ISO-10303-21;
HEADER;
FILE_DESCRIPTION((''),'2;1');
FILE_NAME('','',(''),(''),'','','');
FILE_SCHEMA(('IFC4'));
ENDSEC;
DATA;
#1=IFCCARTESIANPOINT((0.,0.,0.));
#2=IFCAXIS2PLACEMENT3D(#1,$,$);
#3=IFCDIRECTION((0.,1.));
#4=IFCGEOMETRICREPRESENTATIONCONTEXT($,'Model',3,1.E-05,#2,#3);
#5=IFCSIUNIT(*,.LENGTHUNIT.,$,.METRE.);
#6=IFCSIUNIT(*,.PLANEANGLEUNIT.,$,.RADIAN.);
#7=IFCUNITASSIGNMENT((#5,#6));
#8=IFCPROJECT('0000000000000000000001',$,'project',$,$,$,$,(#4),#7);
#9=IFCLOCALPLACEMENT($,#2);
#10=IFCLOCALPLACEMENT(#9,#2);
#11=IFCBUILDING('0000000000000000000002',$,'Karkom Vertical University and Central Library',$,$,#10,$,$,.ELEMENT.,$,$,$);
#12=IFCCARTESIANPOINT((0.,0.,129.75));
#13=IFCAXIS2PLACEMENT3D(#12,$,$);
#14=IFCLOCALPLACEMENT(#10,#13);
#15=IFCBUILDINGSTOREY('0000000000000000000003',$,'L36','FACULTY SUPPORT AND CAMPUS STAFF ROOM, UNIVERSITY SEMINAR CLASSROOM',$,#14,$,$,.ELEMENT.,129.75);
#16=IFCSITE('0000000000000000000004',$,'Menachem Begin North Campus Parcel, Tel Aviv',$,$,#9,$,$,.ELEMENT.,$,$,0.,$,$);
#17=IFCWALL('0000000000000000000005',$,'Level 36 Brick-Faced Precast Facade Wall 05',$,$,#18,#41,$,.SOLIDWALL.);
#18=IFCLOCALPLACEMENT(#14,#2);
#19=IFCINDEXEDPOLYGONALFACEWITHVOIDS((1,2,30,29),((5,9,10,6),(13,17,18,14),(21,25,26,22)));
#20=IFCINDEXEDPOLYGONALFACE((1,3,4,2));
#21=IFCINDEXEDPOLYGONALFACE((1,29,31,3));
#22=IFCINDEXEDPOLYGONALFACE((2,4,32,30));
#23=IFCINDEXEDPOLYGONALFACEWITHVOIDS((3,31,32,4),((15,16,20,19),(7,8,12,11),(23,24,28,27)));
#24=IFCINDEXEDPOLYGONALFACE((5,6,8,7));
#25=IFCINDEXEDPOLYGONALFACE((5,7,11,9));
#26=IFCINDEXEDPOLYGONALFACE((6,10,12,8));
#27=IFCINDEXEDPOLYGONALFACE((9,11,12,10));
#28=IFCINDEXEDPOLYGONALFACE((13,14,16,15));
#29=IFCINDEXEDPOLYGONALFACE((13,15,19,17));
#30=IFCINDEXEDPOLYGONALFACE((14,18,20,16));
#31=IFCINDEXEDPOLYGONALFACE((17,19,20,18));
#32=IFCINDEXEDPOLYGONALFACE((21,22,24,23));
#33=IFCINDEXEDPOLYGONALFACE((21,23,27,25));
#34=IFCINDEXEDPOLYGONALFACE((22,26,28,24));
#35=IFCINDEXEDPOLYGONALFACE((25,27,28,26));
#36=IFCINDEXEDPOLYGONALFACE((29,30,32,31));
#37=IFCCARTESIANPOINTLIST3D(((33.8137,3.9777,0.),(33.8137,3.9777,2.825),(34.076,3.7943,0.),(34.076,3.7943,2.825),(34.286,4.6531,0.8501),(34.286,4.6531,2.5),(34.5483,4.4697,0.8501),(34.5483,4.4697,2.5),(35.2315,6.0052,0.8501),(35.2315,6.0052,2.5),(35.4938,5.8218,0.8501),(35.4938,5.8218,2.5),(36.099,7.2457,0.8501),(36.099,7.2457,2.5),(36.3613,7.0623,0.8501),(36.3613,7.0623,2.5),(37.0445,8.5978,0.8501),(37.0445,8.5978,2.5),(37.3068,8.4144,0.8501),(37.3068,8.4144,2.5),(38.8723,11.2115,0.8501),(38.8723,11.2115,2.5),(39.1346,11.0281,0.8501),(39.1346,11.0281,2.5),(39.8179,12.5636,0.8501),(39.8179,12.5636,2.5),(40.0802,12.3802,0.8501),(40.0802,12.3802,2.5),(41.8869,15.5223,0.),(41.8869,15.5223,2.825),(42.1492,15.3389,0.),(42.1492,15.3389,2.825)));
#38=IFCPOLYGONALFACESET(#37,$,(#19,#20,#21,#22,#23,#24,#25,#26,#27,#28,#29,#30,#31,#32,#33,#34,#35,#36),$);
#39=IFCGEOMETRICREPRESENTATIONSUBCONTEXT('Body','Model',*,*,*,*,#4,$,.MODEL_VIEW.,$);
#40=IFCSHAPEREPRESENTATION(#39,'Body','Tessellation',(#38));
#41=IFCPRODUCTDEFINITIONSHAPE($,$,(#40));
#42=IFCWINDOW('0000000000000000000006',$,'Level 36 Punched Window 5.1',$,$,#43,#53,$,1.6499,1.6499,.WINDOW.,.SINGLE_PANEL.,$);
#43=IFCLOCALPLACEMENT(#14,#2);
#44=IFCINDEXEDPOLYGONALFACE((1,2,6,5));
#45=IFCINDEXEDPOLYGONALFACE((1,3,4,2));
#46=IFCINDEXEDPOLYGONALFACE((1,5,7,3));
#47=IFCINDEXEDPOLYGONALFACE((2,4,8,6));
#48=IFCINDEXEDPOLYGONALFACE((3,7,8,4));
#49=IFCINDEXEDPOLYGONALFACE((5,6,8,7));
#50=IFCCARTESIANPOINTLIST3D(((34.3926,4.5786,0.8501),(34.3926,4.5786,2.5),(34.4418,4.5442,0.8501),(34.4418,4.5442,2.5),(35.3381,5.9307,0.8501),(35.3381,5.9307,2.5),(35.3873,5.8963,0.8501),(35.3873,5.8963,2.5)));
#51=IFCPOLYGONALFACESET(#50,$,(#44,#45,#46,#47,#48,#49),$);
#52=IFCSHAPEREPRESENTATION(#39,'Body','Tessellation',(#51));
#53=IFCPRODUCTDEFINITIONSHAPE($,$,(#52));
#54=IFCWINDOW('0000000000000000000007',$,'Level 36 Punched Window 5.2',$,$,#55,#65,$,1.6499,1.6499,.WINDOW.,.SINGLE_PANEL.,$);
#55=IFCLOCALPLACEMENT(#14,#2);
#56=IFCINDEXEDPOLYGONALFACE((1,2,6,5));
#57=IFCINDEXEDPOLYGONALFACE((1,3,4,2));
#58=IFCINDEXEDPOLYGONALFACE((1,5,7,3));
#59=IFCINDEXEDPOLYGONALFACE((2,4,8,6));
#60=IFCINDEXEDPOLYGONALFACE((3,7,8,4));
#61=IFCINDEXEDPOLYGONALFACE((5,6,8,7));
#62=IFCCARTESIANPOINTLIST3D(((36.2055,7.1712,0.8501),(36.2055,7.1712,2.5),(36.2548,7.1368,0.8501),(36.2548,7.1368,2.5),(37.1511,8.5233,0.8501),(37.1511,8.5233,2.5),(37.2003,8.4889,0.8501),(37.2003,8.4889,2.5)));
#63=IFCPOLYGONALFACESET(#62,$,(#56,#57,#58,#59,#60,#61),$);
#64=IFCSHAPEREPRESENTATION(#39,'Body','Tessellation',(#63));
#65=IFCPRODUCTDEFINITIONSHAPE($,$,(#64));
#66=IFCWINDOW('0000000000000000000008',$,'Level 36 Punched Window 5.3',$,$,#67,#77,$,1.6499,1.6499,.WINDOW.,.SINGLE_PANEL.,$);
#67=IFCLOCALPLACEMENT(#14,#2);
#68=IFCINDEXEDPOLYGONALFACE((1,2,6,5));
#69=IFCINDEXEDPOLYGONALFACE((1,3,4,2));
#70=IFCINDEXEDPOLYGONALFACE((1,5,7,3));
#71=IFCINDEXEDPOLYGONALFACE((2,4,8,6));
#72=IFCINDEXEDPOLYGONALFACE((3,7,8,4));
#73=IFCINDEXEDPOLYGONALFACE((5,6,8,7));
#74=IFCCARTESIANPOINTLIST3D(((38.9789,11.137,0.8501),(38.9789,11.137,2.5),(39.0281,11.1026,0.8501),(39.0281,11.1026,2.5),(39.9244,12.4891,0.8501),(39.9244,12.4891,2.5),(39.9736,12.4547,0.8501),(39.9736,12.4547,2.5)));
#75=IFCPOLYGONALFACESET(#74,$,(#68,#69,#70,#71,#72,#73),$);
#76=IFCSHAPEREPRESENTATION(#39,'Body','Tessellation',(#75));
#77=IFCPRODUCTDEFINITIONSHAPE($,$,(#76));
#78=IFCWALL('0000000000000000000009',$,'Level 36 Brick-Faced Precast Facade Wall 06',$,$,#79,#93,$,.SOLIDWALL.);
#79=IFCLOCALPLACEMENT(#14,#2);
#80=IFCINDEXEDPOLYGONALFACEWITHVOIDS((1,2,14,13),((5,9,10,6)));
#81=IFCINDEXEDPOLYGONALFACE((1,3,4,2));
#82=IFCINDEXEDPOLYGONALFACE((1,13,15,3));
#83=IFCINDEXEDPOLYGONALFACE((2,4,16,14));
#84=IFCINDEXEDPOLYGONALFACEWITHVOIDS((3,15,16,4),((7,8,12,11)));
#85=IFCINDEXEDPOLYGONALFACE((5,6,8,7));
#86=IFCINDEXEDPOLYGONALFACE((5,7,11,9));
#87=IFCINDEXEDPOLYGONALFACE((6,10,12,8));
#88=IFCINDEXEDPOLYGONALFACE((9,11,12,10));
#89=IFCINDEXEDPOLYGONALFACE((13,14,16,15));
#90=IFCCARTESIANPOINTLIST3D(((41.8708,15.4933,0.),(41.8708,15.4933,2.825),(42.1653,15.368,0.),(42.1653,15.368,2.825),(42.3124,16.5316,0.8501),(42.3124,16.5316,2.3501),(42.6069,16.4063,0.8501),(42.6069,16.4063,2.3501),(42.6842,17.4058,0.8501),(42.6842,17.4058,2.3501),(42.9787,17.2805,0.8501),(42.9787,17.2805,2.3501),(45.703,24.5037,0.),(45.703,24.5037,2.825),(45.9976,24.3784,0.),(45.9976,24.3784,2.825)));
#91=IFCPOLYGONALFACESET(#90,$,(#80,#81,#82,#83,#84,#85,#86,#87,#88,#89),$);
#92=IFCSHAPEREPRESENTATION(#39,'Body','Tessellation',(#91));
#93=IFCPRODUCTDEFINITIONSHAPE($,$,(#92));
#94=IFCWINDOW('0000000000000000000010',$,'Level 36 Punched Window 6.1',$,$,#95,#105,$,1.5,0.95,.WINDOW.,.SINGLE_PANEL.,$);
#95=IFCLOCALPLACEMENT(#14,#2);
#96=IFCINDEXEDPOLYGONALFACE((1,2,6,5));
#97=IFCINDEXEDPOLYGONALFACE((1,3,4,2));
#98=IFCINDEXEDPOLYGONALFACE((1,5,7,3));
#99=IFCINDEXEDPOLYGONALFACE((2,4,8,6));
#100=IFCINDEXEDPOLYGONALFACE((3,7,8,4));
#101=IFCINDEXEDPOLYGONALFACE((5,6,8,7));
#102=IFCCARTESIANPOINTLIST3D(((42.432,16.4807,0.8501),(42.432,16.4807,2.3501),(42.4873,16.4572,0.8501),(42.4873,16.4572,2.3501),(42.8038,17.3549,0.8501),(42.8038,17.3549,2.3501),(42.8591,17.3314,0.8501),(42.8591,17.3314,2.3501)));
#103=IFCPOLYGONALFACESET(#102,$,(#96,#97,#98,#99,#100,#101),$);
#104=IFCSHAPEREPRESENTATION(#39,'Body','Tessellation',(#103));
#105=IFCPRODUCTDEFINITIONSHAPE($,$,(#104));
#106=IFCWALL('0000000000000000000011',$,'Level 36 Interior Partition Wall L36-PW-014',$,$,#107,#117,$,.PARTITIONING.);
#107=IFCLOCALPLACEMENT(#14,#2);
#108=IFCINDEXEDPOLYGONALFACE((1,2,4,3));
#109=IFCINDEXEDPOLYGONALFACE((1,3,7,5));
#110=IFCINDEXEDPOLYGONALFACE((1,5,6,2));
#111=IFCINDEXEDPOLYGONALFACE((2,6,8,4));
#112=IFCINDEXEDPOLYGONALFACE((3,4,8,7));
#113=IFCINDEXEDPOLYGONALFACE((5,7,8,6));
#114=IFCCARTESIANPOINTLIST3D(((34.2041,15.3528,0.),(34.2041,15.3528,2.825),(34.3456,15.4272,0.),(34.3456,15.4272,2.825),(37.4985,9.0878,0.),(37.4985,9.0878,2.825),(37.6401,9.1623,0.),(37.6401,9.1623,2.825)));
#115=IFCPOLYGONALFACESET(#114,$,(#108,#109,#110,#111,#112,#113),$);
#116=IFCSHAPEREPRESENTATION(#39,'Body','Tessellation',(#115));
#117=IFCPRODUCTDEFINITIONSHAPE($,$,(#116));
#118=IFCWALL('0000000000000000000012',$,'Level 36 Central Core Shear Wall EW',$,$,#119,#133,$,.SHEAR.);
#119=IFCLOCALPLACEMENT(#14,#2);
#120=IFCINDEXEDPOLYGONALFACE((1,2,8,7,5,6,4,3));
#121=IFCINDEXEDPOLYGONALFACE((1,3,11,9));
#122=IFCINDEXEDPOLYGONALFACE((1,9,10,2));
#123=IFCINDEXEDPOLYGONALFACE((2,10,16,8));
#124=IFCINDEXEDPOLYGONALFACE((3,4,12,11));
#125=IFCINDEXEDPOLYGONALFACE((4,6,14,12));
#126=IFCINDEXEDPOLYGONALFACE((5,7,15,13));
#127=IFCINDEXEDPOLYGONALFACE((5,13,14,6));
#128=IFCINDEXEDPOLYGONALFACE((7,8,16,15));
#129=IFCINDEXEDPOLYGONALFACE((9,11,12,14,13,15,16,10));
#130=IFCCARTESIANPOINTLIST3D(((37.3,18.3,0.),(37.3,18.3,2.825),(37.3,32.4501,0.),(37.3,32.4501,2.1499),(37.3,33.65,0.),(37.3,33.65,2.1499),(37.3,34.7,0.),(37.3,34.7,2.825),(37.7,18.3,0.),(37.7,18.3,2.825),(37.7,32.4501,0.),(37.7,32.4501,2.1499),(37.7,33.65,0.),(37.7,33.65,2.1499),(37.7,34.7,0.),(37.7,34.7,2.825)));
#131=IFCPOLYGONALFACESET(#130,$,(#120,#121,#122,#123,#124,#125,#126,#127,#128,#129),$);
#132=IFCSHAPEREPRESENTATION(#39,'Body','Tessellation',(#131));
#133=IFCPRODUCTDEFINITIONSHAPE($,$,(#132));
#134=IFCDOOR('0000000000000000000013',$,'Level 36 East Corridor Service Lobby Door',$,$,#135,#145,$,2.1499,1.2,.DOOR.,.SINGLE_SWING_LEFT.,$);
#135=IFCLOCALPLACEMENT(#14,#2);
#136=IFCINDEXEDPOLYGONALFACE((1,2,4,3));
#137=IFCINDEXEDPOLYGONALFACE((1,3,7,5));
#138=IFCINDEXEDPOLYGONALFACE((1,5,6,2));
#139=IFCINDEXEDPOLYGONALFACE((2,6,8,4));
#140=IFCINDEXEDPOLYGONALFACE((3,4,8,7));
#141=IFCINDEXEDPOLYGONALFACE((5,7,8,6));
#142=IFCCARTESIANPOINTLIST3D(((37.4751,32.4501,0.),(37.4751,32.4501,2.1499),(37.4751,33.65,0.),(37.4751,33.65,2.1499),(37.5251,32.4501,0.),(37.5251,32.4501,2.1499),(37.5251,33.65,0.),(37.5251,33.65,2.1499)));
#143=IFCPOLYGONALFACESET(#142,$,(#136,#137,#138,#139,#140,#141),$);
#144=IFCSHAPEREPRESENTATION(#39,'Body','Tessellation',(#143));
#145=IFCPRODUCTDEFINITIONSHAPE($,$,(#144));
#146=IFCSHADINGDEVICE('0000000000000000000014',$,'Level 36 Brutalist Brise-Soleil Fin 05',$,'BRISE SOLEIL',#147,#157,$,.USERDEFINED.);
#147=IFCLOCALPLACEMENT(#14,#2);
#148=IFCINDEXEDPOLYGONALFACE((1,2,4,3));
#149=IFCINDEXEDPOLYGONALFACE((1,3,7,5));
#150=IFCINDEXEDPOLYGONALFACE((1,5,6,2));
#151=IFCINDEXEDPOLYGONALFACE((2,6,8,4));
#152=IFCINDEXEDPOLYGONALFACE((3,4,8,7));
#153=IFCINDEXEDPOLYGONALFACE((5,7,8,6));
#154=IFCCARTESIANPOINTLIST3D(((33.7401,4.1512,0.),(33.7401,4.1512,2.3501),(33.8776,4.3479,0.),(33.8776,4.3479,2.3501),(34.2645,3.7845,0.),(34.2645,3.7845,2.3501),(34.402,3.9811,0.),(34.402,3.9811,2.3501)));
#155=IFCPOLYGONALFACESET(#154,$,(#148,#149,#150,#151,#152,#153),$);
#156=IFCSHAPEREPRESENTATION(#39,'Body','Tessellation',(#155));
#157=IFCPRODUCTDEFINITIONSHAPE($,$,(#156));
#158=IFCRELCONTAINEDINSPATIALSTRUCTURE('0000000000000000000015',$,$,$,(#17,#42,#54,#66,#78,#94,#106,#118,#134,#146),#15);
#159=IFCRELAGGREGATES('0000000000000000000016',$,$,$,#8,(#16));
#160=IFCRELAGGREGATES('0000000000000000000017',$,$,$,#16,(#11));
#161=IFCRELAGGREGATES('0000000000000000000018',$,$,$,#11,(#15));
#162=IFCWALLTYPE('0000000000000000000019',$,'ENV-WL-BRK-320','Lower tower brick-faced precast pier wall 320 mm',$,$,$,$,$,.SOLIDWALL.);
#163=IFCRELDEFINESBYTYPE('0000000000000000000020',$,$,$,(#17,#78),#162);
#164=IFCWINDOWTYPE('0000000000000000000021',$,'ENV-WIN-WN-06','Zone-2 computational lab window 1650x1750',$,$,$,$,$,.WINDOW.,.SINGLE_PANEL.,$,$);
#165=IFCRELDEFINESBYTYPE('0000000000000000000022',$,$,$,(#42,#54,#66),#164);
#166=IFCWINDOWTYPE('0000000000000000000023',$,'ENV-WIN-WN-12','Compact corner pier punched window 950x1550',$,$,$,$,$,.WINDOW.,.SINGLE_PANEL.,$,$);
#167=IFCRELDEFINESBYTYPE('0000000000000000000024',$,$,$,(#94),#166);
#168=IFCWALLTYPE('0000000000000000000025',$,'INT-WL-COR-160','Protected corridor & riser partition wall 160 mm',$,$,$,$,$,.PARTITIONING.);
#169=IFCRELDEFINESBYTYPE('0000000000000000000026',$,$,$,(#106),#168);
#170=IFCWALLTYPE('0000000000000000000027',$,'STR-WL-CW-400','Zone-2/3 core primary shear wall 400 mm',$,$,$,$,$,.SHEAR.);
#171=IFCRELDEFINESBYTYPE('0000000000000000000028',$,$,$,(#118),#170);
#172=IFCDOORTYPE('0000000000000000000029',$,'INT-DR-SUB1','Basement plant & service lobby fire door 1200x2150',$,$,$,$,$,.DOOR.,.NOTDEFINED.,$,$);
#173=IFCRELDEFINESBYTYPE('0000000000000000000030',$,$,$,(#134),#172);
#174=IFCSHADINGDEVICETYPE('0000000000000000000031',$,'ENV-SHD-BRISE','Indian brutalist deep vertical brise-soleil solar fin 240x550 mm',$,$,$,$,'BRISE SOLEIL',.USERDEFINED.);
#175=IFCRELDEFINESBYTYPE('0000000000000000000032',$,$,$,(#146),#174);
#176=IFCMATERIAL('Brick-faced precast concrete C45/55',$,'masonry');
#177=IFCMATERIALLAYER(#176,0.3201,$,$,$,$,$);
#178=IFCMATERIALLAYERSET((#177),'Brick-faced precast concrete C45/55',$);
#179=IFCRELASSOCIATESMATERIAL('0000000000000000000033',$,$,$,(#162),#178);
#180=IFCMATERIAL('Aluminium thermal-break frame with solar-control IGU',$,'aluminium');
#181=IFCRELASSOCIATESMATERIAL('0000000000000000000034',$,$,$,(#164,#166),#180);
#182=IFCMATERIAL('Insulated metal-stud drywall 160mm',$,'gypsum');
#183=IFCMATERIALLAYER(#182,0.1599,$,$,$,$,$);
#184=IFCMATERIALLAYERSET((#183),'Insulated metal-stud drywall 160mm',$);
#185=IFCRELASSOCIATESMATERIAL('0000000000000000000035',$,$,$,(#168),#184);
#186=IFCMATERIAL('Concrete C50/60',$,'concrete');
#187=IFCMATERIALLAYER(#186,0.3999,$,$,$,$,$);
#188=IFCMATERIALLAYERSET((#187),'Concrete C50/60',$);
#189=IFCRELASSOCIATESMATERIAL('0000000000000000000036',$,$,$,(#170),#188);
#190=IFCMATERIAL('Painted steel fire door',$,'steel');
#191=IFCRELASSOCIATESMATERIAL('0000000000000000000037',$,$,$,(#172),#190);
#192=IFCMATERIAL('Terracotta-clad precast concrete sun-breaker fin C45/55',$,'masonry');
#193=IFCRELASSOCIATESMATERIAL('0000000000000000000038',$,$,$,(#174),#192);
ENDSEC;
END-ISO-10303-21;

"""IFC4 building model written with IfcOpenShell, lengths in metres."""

from ifc_helpers import new_model, si_unit, direction, frame, frame_2d, origin, origin_with_axes, origin_2d, place, context, subcontext, project, spatial, rectangle, extrude, source, transform, mapped, material, layer, layer_set, type_object, element, fill, save


model = new_model("IFC4")

# Units and contexts
model_context = context("Model", 3, precision=1e-05, world=origin(), true_north=direction((0.0, 1.0)))
body_context = subcontext(model_context, "Body", "Model", "MODEL_VIEW")
ifc_project = project(units=[si_unit("LENGTHUNIT", "METRE"), si_unit("PLANEANGLEUNIT", "RADIAN")], contexts=[model_context])

# Site, building, storey
site_placement = place(None, origin())
site = spatial("IfcSite", under=ifc_project, at=site_placement, Name="Menachem Begin North Campus Parcel, Tel Aviv", CompositionType="ELEMENT", RefElevation=0.0)
building_placement = place(site_placement, origin())
building = spatial("IfcBuilding", under=site, at=building_placement, Name="Karkom Vertical University and Central Library", CompositionType="ELEMENT")
storey_placement = place(building_placement, frame((0.0, 0.0, 129.75)))
storey = spatial("IfcBuildingStorey", under=building, at=storey_placement, Name="L36", Description="FACULTY SUPPORT AND CAMPUS STAFF ROOM, UNIVERSITY SEMINAR CLASSROOM", CompositionType="ELEMENT", Elevation=129.75)

# Shared definitions
ifc_material_1 = material(Name="Concrete C50/60", Category="concrete")

# Wall, openings, windows
ifc_material_2 = material(Name="Brick-faced precast concrete C45/55", Category="masonry")
ifc_layer_1 = layer(ifc_material_2, 0.3201)
ifc_layer_set_1 = layer_set([ifc_layer_1], Name="Brick-faced precast concrete C45/55")
wall_type_1 = type_object("IfcWallType", Name="ENV-WL-BRK-320", Description="Lower tower brick-faced precast pier wall 320 mm", PredefinedType="SOLIDWALL", material=ifc_layer_set_1)
wall_1_placement = place(storey_placement, frame((33.9448, 3.886, 0.0), z_axis=(0.0, 0.0, 1.0), x_axis=(0.57308, 0.8195, 0.0)))
wall_1 = element("IfcWall", 1, at=wall_1_placement, inside=storey, type_object=wall_type_1, Name="Level 36 Brick-Faced Precast Facade Wall 05", PredefinedType="SOLIDWALL", context=body_context, shape_type="SweptSolid", body=[
    extrude(rectangle(XDim=14.0874, YDim=0.3201, at=frame_2d((7.0437, 0.0))), origin(), (0.0, 0.0, 1.0), 2.825),
])
opening_1_placement = place(wall_1_placement, frame((0.8242, 0.0, 0.8501)))
opening_1 = element("IfcOpeningElement", 2, at=opening_1_placement, cuts=wall_1, PredefinedType="OPENING", context=body_context, shape_type="SweptSolid", body=[
    extrude(rectangle(XDim=1.6499, YDim=1.6499, at=frame_2d((0.825, 0.825))), frame((0.0, 0.1699, 0.0), z_axis=(0.0, -1.0, 0.0), x_axis=(1.0, 0.0, 0.0)), (0.0, 0.0, 1.0), 0.3401),
])
opening_2_placement = place(wall_1_placement, frame((3.9878, 0.0, 0.8501)))
opening_2 = element("IfcOpeningElement", 3, at=opening_2_placement, cuts=wall_1, PredefinedType="OPENING", context=body_context, shape_type="SweptSolid", body=[
    extrude(rectangle(XDim=1.6499, YDim=1.6499, at=frame_2d((0.825, 0.825))), frame((0.0, 0.1699, 0.0), z_axis=(0.0, -1.0, 0.0), x_axis=(1.0, 0.0, 0.0)), (0.0, 0.0, 1.0), 0.3401),
])
opening_3_placement = place(wall_1_placement, frame((8.8271, 0.0, 0.8501)))
opening_3 = element("IfcOpeningElement", 4, at=opening_3_placement, cuts=wall_1, PredefinedType="OPENING", context=body_context, shape_type="SweptSolid", body=[
    extrude(rectangle(XDim=1.6499, YDim=1.6499, at=frame_2d((0.825, 0.825))), frame((0.0, 0.1699, 0.0), z_axis=(0.0, -1.0, 0.0), x_axis=(1.0, 0.0, 0.0)), (0.0, 0.0, 1.0), 0.3401),
])
ifc_material_3 = material(Name="Aluminium thermal-break frame with solar-control IGU", Category="aluminium")
window_type_1 = type_object("IfcWindowType", Name="ENV-WIN-WN-06", Description="Zone-2 computational lab window 1650x1750", PartitioningType="SINGLE_PANEL", PredefinedType="WINDOW", material=ifc_material_3)
shared_shape_1 = source(origin_with_axes(), body_context, "Body", "SweptSolid", [
    extrude(rectangle(XDim=1.6499, YDim=1.6499, at=frame_2d((0.825, 0.825))), frame((0.0, 0.03, 0.0), z_axis=(0.0, -1.0, 0.0), x_axis=(1.0, 0.0, 0.0)), (0.0, 0.0, 1.0), 0.0601),
])
window_1_placement = place(opening_1_placement, origin())
window_1 = element("IfcWindow", 5, at=window_1_placement, inside=storey, type_object=window_type_1, Name="Level 36 Punched Window 5.1", OverallHeight=1.6499, OverallWidth=1.6499, PartitioningType="SINGLE_PANEL", PredefinedType="WINDOW", context=body_context, shape_type="MappedRepresentation", body=[
    mapped(shared_shape_1, transform((0.0, 0.0, 0.0), scale=1.0)),
])
fill(opening_1, window_1)
window_2_placement = place(opening_2_placement, origin())
window_2 = element("IfcWindow", 6, at=window_2_placement, inside=storey, type_object=window_type_1, Name="Level 36 Punched Window 5.2", OverallHeight=1.6499, OverallWidth=1.6499, PartitioningType="SINGLE_PANEL", PredefinedType="WINDOW", context=body_context, shape_type="MappedRepresentation", body=[
    mapped(shared_shape_1, transform((0.0, 0.0, 0.0), scale=1.0)),
])
fill(opening_2, window_2)
window_3_placement = place(opening_3_placement, origin())
window_3 = element("IfcWindow", 7, at=window_3_placement, inside=storey, type_object=window_type_1, Name="Level 36 Punched Window 5.3", OverallHeight=1.6499, OverallWidth=1.6499, PartitioningType="SINGLE_PANEL", PredefinedType="WINDOW", context=body_context, shape_type="MappedRepresentation", body=[
    mapped(shared_shape_1, transform((0.0, 0.0, 0.0), scale=1.0)),
])
fill(opening_3, window_3)

# Wall, opening, window
wall_2_placement = place(storey_placement, frame((42.0181, 15.4307, 0.0), z_axis=(0.0, 0.0, 1.0), x_axis=(0.391384, 0.920227, 0.0)))
wall_2 = element("IfcWall", 8, at=wall_2_placement, inside=storey, type_object=wall_type_1, Name="Level 36 Brick-Faced Precast Facade Wall 06", PredefinedType="SOLIDWALL", context=body_context, shape_type="SweptSolid", body=[
    extrude(rectangle(XDim=9.7915, YDim=0.3201, at=frame_2d((4.8958, 0.0))), origin(), (0.0, 0.0, 1.0), 2.825),
])
opening_4_placement = place(wall_2_placement, frame((1.1282, 0.0, 0.8501)))
opening_4 = element("IfcOpeningElement", 9, at=opening_4_placement, cuts=wall_2, PredefinedType="OPENING", context=body_context, shape_type="SweptSolid", body=[
    extrude(rectangle(XDim=0.95, YDim=1.5, at=frame_2d((0.4751, 0.75))), frame((0.0, 0.1699, 0.0), z_axis=(0.0, -1.0, 0.0), x_axis=(1.0, 0.0, 0.0)), (0.0, 0.0, 1.0), 0.3401),
])
window_type_2 = type_object("IfcWindowType", Name="ENV-WIN-WN-12", Description="Compact corner pier punched window 950x1550", PartitioningType="SINGLE_PANEL", PredefinedType="WINDOW", material=ifc_material_3)
shared_shape_2 = source(origin_with_axes(), body_context, "Body", "SweptSolid", [
    extrude(rectangle(XDim=0.95, YDim=1.5, at=frame_2d((0.4751, 0.75))), frame((0.0, 0.03, 0.0), z_axis=(0.0, -1.0, 0.0), x_axis=(1.0, 0.0, 0.0)), (0.0, 0.0, 1.0), 0.0601),
])
window_4_placement = place(opening_4_placement, origin())
window_4 = element("IfcWindow", 10, at=window_4_placement, inside=storey, type_object=window_type_2, Name="Level 36 Punched Window 6.1", OverallHeight=1.5, OverallWidth=0.95, PartitioningType="SINGLE_PANEL", PredefinedType="WINDOW", context=body_context, shape_type="MappedRepresentation", body=[
    mapped(shared_shape_2, transform((0.0, 0.0, 0.0), scale=1.0)),
])
fill(opening_4, window_4)

# Shared definitions
ifc_material_4 = material(Name="Insulated metal-stud drywall 160mm", Category="gypsum")
ifc_layer_2 = layer(ifc_material_4, 0.1599)
ifc_layer_set_2 = layer_set([ifc_layer_2], Name="Insulated metal-stud drywall 160mm")
wall_type_2 = type_object("IfcWallType", Name="INT-WL-COR-160", Description="Protected corridor & riser partition wall 160 mm", PredefinedType="PARTITIONING", material=ifc_layer_set_2)

# Wall
wall_3_placement = place(storey_placement, frame((34.2749, 15.3899, 0.0), z_axis=(0.0, 0.0, 1.0), x_axis=(0.465428, -0.885086, 0.0)))
element("IfcWall", 11, at=wall_3_placement, inside=storey, type_object=wall_type_2, Name="Level 36 Interior Partition Wall L36-PW-014", PredefinedType="PARTITIONING", context=body_context, shape_type="SweptSolid", body=[
    extrude(rectangle(XDim=7.0784, YDim=0.1599, at=frame_2d((3.5391, 0.0))), origin(), (0.0, 0.0, 1.0), 2.825),
])

# Wall, opening, door
ifc_layer_3 = layer(ifc_material_1, 0.3999)
ifc_layer_set_3 = layer_set([ifc_layer_3], Name="Concrete C50/60")
wall_type_3 = type_object("IfcWallType", Name="STR-WL-CW-400", Description="Zone-2/3 core primary shear wall 400 mm", PredefinedType="SHEAR", material=ifc_layer_set_3)
wall_4_placement = place(storey_placement, frame((37.5, 18.3, 0.0), z_axis=(0.0, 0.0, 1.0), x_axis=(0.0, 1.0, 0.0)))
wall_4 = element("IfcWall", 12, at=wall_4_placement, inside=storey, type_object=wall_type_3, Name="Level 36 Central Core Shear Wall EW", PredefinedType="SHEAR", context=body_context, shape_type="SweptSolid", body=[
    extrude(rectangle(XDim=16.3999, YDim=0.3999, at=frame_2d((8.2, 0.0))), origin(), (0.0, 0.0, 1.0), 2.825),
])
opening_5_placement = place(wall_4_placement, frame((14.1499, 0.0, 0.0)))
opening_5 = element("IfcOpeningElement", 13, at=opening_5_placement, cuts=wall_4, PredefinedType="OPENING", context=body_context, shape_type="SweptSolid", body=[
    extrude(rectangle(XDim=1.2, YDim=2.1499, at=frame_2d((0.6001, 1.075))), frame((0.0, 0.21, 0.0), z_axis=(0.0, -1.0, 0.0), x_axis=(1.0, 0.0, 0.0)), (0.0, 0.0, 1.0), 0.4199),
])
ifc_material_5 = material(Name="Painted steel fire door", Category="steel")
door_type_1 = type_object("IfcDoorType", Name="INT-DR-SUB1", Description="Basement plant & service lobby fire door 1200x2150", OperationType="NOTDEFINED", PredefinedType="DOOR", material=ifc_material_5)
shared_shape_3 = source(origin_with_axes(), body_context, "Body", "SweptSolid", [
    extrude(rectangle(XDim=1.2, YDim=2.1499, at=frame_2d((0.6001, 1.075))), frame((0.0, 0.0249, 0.0), z_axis=(0.0, -1.0, 0.0), x_axis=(1.0, 0.0, 0.0)), (0.0, 0.0, 1.0), 0.05),
])
door_1_placement = place(opening_5_placement, origin())
door_1 = element("IfcDoor", 14, at=door_1_placement, inside=storey, type_object=door_type_1, Name="Level 36 East Corridor Service Lobby Door", OperationType="SINGLE_SWING_LEFT", OverallHeight=2.1499, OverallWidth=1.2, PredefinedType="DOOR", context=body_context, shape_type="MappedRepresentation", body=[
    mapped(shared_shape_3, transform((0.0, 0.0, 0.0), scale=1.0)),
])
fill(opening_5, door_1)

# Shading device
ifc_material_6 = material(Name="Terracotta-clad precast concrete sun-breaker fin C45/55", Category="masonry")
shading_device_type = type_object("IfcShadingDeviceType", Name="ENV-SHD-BRISE", Description="Indian brutalist deep vertical brise-soleil solar fin 240x550 mm", ElementType="BRISE SOLEIL", PredefinedType="USERDEFINED", material=ifc_material_6)
shared_shape_4 = source(origin_with_axes(), body_context, "Body", "SweptSolid", [
    extrude(rectangle(XDim=0.24, YDim=0.6399, at=origin_2d()), origin(), (0.0, 0.0, 1.0), 2.3501),
])
shading_device_placement = place(storey_placement, frame((34.071, 4.0662, 0.0), z_axis=(0.0, 0.0, 1.0), x_axis=(0.573147, 0.819452, 0.0)))
element("IfcShadingDevice", 15, at=shading_device_placement, inside=storey, type_object=shading_device_type, Name="Level 36 Brutalist Brise-Soleil Fin 05", ObjectType="BRISE SOLEIL", PredefinedType="USERDEFINED", context=body_context, shape_type="MappedRepresentation", body=[
    mapped(shared_shape_4, transform((0.0, 0.0, 0.0), scale=1.0)),
])

save(model, "model.ifc")
